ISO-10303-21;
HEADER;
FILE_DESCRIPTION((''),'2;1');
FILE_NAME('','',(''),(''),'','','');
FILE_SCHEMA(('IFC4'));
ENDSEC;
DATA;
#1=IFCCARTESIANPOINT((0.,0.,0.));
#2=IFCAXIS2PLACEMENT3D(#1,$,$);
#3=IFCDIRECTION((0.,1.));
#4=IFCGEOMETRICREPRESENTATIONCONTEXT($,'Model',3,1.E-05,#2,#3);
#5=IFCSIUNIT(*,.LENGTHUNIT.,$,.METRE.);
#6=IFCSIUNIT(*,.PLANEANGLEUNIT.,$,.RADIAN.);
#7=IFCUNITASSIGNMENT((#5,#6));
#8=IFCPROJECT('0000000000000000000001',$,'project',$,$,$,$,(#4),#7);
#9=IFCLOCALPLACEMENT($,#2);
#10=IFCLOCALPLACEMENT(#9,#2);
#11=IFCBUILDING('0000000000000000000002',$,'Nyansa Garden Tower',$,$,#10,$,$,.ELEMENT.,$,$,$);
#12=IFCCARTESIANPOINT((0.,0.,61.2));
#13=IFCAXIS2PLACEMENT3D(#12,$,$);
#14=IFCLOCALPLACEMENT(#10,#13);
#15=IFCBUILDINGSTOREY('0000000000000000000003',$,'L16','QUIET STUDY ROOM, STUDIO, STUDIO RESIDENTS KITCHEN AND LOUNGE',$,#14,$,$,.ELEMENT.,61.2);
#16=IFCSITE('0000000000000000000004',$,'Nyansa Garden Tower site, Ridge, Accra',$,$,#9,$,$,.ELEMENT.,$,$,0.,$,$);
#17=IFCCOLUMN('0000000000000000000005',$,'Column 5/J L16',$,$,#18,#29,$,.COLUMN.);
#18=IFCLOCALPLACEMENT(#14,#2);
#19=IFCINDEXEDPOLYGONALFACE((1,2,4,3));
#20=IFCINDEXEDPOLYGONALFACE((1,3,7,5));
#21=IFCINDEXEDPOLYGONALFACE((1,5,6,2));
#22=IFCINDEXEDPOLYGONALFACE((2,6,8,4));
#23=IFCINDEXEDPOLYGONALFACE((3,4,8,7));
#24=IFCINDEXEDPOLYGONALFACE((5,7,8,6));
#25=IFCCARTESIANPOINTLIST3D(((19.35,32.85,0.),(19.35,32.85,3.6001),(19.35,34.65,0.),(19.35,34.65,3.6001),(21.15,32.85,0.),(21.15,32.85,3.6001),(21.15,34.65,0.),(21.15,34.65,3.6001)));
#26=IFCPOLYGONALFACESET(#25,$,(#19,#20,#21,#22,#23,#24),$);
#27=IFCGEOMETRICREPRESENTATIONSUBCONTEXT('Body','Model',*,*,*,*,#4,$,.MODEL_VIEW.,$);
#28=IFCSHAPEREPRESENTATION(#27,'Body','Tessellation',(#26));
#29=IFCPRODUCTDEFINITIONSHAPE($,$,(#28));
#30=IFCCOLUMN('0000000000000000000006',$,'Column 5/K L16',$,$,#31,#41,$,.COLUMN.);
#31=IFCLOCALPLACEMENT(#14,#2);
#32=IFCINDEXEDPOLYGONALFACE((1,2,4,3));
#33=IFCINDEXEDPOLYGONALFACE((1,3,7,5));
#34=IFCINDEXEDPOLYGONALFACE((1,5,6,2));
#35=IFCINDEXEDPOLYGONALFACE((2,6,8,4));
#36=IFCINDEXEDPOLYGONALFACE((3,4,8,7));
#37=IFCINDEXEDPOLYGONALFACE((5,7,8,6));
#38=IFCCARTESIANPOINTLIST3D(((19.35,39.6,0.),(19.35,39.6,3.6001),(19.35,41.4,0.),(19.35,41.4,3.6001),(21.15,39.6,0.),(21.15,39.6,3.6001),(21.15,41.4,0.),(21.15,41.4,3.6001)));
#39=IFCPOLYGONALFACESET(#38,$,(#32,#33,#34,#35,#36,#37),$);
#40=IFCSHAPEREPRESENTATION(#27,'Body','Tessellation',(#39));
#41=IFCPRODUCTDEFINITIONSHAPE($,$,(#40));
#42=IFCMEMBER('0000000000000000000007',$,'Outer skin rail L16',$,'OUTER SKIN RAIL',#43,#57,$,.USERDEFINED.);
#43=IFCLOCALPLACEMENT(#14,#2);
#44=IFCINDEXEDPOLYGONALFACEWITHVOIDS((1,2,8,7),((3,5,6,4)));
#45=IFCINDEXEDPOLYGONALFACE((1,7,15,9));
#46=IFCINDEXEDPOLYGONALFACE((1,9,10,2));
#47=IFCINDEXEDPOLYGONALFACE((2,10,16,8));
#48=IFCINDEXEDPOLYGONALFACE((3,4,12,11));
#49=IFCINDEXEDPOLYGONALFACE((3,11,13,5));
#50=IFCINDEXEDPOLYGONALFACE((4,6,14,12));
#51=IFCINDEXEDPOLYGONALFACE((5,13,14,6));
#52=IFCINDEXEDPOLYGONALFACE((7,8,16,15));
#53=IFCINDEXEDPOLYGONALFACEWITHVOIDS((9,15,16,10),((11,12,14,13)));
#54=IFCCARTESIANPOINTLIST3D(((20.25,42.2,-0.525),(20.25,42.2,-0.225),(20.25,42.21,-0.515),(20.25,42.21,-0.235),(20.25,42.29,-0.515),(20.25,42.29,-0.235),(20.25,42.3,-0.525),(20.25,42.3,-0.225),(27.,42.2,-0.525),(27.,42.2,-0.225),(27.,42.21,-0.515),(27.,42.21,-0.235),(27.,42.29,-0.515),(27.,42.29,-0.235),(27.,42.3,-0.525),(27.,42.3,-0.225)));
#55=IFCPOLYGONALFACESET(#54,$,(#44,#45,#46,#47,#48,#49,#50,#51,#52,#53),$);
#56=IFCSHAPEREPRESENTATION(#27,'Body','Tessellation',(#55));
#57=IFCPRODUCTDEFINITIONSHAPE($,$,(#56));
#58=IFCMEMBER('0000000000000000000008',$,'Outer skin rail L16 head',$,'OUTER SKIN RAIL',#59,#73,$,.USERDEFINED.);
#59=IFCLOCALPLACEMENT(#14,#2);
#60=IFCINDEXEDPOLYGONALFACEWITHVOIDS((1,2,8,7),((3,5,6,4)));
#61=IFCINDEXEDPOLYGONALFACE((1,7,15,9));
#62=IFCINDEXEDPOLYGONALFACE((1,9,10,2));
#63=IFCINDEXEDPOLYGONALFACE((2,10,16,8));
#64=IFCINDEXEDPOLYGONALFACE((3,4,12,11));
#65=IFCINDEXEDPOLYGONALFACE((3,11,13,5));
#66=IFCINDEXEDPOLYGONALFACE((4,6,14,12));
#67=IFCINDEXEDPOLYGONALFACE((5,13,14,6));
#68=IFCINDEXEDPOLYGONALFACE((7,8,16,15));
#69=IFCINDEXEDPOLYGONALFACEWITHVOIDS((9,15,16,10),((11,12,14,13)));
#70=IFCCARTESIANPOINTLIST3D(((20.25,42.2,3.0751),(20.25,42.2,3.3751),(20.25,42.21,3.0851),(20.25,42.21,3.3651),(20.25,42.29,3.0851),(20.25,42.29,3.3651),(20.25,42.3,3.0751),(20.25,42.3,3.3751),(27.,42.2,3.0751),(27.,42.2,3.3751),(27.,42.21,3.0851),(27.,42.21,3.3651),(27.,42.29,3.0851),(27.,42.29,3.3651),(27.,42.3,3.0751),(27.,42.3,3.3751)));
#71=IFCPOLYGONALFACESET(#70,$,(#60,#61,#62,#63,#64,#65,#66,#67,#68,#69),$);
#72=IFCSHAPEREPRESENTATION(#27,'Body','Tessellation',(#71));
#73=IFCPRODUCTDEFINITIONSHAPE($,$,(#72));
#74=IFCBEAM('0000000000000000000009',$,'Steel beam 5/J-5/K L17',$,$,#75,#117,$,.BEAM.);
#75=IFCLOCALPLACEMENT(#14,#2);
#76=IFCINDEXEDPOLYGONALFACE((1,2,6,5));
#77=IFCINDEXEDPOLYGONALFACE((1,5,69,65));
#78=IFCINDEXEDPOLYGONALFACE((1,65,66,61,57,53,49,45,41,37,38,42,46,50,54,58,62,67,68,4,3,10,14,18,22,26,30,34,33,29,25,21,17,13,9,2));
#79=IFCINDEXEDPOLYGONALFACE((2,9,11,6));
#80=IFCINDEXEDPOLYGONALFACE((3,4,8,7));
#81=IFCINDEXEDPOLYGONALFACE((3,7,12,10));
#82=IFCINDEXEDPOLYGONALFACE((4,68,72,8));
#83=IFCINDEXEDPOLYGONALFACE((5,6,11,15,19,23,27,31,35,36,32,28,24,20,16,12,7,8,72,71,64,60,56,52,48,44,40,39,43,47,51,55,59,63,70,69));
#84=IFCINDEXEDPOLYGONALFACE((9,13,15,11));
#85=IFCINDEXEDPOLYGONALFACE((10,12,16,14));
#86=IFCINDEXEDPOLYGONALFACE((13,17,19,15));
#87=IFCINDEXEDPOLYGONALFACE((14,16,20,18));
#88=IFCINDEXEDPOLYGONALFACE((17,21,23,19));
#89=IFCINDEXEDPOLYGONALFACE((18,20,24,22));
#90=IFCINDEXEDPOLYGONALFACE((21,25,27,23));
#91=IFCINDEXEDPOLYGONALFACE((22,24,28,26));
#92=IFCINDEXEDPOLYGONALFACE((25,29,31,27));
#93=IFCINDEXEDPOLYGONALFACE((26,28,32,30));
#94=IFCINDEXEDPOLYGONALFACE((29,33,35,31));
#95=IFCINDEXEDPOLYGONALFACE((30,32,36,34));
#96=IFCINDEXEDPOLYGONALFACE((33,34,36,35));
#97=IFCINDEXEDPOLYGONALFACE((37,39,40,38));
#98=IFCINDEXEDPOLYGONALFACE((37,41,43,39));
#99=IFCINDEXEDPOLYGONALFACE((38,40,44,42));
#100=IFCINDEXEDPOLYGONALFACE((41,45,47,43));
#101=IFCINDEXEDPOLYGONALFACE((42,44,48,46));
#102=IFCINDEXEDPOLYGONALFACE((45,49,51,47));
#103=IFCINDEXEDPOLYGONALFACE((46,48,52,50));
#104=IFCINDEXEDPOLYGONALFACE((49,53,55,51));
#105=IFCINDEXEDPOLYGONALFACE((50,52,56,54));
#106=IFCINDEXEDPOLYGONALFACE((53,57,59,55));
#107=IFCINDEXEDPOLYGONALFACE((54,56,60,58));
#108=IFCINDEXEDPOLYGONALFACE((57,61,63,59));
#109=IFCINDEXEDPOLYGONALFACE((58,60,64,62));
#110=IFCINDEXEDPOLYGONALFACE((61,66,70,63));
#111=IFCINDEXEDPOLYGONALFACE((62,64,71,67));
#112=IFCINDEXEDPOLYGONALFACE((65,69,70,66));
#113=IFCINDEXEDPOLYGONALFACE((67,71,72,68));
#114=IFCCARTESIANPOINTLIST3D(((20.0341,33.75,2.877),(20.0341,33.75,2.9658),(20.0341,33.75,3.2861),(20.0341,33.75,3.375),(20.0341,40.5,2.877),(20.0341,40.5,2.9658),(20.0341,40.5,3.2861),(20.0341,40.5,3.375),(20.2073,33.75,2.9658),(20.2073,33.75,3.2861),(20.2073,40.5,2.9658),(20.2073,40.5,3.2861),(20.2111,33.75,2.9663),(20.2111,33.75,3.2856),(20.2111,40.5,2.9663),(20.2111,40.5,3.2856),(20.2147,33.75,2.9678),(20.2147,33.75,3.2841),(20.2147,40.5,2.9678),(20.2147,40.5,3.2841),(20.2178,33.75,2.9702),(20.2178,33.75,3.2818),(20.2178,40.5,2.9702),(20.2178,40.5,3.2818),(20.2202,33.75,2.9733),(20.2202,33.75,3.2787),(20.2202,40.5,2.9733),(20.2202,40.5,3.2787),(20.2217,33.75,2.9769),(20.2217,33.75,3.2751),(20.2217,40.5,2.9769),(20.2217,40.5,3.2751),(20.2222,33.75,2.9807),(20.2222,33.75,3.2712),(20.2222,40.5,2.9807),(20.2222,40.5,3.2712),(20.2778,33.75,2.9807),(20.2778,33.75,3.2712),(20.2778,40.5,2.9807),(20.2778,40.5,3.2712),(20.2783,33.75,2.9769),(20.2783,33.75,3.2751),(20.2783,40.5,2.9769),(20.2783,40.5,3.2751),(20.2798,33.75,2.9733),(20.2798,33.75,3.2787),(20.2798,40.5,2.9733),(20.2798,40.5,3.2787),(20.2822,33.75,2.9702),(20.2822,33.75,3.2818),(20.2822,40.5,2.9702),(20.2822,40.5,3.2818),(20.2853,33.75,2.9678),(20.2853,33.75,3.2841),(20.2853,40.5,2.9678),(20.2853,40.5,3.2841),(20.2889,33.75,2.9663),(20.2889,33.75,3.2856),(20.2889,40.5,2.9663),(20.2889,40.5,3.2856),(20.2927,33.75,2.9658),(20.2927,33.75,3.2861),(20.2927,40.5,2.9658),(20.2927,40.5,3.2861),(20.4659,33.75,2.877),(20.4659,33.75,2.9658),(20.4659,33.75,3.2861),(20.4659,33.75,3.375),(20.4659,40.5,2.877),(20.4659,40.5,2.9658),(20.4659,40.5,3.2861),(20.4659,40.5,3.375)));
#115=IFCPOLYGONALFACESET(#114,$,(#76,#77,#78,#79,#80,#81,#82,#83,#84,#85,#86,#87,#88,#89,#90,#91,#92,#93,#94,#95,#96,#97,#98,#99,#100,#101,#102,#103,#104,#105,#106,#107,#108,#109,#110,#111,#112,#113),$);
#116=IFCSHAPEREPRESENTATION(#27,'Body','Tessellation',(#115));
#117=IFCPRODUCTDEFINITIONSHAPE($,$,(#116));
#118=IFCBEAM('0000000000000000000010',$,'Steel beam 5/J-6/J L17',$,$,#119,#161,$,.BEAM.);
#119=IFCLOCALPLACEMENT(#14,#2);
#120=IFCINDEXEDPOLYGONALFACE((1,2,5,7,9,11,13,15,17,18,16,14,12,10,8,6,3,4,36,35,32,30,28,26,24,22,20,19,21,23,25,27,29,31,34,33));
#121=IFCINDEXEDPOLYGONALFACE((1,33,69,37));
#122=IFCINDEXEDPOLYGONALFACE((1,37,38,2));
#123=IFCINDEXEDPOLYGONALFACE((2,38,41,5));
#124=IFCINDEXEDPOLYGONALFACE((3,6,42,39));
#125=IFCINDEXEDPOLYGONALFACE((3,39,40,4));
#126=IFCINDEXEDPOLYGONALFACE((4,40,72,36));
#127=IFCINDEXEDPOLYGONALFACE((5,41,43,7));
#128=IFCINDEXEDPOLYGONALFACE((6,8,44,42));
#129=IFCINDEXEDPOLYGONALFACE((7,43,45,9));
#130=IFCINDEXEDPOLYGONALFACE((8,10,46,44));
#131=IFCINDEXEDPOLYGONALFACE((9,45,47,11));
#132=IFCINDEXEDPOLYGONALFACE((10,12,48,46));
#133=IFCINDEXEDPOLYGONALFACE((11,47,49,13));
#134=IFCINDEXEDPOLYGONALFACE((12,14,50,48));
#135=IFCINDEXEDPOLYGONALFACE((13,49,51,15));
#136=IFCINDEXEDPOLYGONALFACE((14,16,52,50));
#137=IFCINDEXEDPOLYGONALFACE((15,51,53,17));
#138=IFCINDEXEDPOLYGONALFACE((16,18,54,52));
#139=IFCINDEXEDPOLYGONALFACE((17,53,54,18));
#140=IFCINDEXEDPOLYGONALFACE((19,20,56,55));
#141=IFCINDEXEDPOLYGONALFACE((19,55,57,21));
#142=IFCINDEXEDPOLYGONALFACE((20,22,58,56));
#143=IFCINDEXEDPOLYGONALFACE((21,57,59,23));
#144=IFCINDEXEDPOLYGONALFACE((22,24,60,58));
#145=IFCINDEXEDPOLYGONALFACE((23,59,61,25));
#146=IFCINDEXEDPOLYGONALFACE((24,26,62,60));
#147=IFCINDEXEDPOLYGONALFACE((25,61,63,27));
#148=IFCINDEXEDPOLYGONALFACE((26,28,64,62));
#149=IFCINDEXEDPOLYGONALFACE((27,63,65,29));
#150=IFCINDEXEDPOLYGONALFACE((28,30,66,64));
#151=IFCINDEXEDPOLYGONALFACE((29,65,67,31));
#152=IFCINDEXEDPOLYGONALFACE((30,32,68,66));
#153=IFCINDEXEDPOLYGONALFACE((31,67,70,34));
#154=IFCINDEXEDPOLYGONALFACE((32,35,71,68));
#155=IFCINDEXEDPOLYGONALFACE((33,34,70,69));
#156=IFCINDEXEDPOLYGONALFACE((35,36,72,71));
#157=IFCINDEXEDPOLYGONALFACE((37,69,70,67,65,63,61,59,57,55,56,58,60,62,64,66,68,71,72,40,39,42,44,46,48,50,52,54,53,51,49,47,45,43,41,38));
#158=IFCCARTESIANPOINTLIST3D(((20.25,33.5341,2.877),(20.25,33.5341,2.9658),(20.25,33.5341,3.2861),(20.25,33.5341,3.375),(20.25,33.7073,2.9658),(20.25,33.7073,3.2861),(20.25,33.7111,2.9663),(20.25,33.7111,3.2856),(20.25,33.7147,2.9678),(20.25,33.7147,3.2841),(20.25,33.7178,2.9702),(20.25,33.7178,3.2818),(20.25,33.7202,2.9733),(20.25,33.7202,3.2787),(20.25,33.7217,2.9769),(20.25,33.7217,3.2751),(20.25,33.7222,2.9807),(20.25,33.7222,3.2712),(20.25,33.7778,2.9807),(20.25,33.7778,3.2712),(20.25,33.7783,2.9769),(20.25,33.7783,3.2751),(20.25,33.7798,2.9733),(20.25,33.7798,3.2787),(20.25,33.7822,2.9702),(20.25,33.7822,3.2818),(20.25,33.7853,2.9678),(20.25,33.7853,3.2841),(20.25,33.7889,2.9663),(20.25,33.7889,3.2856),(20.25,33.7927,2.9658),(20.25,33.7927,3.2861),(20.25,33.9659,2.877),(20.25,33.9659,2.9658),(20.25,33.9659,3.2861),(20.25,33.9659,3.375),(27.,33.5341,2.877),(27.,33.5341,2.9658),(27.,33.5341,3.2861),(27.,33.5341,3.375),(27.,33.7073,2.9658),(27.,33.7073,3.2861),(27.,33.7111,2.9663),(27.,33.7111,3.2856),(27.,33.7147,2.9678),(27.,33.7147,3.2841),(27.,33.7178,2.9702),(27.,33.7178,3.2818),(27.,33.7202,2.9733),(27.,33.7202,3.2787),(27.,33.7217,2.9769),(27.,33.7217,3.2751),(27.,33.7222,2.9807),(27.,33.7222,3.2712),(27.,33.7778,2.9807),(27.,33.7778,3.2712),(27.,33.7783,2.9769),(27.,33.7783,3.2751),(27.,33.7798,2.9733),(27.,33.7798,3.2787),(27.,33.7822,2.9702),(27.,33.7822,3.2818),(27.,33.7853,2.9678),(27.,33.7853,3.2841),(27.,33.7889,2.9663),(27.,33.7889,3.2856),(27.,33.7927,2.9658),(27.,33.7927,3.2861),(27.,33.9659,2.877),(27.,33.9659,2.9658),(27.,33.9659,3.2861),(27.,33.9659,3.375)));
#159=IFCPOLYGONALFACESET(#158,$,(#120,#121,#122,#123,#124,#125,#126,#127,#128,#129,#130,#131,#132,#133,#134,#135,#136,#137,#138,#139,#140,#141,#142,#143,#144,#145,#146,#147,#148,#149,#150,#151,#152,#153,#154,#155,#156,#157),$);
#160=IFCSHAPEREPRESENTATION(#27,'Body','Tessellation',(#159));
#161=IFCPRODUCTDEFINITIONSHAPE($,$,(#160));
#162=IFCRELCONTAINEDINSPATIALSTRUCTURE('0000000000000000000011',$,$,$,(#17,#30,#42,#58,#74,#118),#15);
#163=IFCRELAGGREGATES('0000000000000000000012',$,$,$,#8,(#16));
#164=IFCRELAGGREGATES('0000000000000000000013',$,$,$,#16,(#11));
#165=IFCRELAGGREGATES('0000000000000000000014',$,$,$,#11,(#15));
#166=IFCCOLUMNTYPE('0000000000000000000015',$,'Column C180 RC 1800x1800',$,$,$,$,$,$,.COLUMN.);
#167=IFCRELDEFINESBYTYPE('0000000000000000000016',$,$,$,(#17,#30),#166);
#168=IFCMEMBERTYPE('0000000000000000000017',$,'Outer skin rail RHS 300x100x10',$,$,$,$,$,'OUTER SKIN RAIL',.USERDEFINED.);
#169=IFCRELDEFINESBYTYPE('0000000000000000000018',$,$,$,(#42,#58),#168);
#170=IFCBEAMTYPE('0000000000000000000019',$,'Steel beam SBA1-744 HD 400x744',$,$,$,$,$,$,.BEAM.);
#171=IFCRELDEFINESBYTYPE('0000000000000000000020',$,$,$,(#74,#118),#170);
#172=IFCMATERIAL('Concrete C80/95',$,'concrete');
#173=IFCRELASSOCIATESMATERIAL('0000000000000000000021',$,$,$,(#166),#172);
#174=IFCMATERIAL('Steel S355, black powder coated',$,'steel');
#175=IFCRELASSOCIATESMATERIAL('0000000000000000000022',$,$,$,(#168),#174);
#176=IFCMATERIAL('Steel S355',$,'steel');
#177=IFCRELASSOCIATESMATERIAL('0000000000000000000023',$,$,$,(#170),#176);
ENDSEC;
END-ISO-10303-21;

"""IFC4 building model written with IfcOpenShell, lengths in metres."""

from ifc_helpers import new_model, si_unit, direction, frame, origin, origin_2d, place, context, subcontext, project, spatial, rectangle, hollow_rectangle, i_section, extrude, material, material_profile, profile_set, type_object, element, save


model = new_model("IFC4")

# Units and contexts
model_context = context("Model", 3, precision=1e-05, world=origin(), true_north=direction((0.0, 1.0)))
body_context = subcontext(model_context, "Body", "Model", "MODEL_VIEW")
ifc_project = project(units=[si_unit("LENGTHUNIT", "METRE"), si_unit("PLANEANGLEUNIT", "RADIAN")], contexts=[model_context])

# Site, building, storey
site_placement = place(None, origin())
site = spatial("IfcSite", under=ifc_project, at=site_placement, Name="Nyansa Garden Tower site, Ridge, Accra", CompositionType="ELEMENT", RefElevation=0.0)
building_placement = place(site_placement, origin())
building = spatial("IfcBuilding", under=site, at=building_placement, Name="Nyansa Garden Tower", CompositionType="ELEMENT")
storey_placement = place(building_placement, frame((0.0, 0.0, 61.2)))
storey = spatial("IfcBuildingStorey", under=building, at=storey_placement, Name="L16", Description="QUIET STUDY ROOM, STUDIO, STUDIO RESIDENTS KITCHEN AND LOUNGE", CompositionType="ELEMENT", Elevation=61.2)

# Columns
ifc_material_1 = material(Name="Concrete C80/95", Category="concrete")
ifc_material_profile_1 = material_profile(ifc_material_1, rectangle(XDim=1.8, YDim=1.8, at=origin_2d()), Name="RC 1800x1800")
ifc_profile_set_1 = profile_set([ifc_material_profile_1], Name="Concrete C80/95")
column_type = type_object("IfcColumnType", Name="Column C180 RC 1800x1800", PredefinedType="COLUMN", material=ifc_profile_set_1)
for number, where, z_axis, x_axis, name in (
    (1, (20.25, 33.75, 0.0), (0.0, 0.0, 1.0), (1.0, 0.0, 0.0), "Column 5/J L16"),
    (2, (20.25, 40.5, 0.0), (0.0, 0.0, 1.0), (1.0, 0.0, 0.0), "Column 5/K L16"),
):
    element("IfcColumn", number, at=place(storey_placement, frame(where, z_axis=z_axis, x_axis=x_axis)), inside=storey, type_object=column_type, Name=name, PredefinedType="COLUMN", context=body_context, shape_type="SweptSolid", body=[
        extrude(rectangle(XDim=1.8, YDim=1.8, at=origin_2d()), origin(), (0.0, 0.0, 1.0), 3.6001),
    ])

# Members
ifc_material_2 = material(Name="Steel S355, black powder coated", Category="steel")
ifc_material_profile_2 = material_profile(ifc_material_2, hollow_rectangle(XDim=0.1001, YDim=0.3, WallThickness=0.01, at=origin_2d()), Name="RHS 300x100x10")
ifc_profile_set_2 = profile_set([ifc_material_profile_2], Name="Steel S355, black powder coated")
member_type = type_object("IfcMemberType", Name="Outer skin rail RHS 300x100x10", ElementType="OUTER SKIN RAIL", PredefinedType="USERDEFINED", material=ifc_profile_set_2)
for number, where, z_axis, x_axis, name in (
    (3, (20.25, 42.25, -0.375), (1.0, 0.0, 0.0), (0.0, 1.0, 0.0), "Outer skin rail L16"),
    (4, (20.25, 42.25, 3.2251), (1.0, 0.0, 0.0), (0.0, 1.0, 0.0), "Outer skin rail L16 head"),
):
    element("IfcMember", number, at=place(storey_placement, frame(where, z_axis=z_axis, x_axis=x_axis)), inside=storey, type_object=member_type, Name=name, ObjectType="OUTER SKIN RAIL", PredefinedType="USERDEFINED", context=body_context, shape_type="SweptSolid", body=[
        extrude(hollow_rectangle(XDim=0.1001, YDim=0.3, WallThickness=0.01, at=origin_2d()), origin(), (0.0, 0.0, 1.0), 6.75),
    ])

# Beams
ifc_material_3 = material(Name="Steel S355", Category="steel")
ifc_material_profile_3 = material_profile(ifc_material_3, i_section(OverallWidth=0.4319, OverallDepth=0.498, WebThickness=0.0557, FlangeThickness=0.0889, FilletRadius=0.0149, at=origin_2d()), Name="HD 400x744")
ifc_profile_set_3 = profile_set([ifc_material_profile_3], Name="Steel S355")
beam_type_1 = type_object("IfcBeamType", Name="Steel beam SBA1-744 HD 400x744", PredefinedType="BEAM", material=ifc_profile_set_3)
for number, where, z_axis, x_axis, name in (
    (5, (20.25, 33.75, 3.126), (0.0, 1.0, 0.0), (-1.0, 0.0, 0.0), "Steel beam 5/J-5/K L17"),
    (6, (20.25, 33.75, 3.126), (1.0, 0.0, 0.0), (0.0, 1.0, 0.0), "Steel beam 5/J-6/J L17"),
):
    element("IfcBeam", number, at=place(storey_placement, frame(where, z_axis=z_axis, x_axis=x_axis)), inside=storey, type_object=beam_type_1, Name=name, PredefinedType="BEAM", context=body_context, shape_type="SweptSolid", body=[
        extrude(i_section(OverallWidth=0.4319, OverallDepth=0.498, WebThickness=0.0557, FlangeThickness=0.0889, FilletRadius=0.0149, at=origin_2d()), origin(), (0.0, 0.0, 1.0), 6.75),
    ])

save(model, "model.ifc")
